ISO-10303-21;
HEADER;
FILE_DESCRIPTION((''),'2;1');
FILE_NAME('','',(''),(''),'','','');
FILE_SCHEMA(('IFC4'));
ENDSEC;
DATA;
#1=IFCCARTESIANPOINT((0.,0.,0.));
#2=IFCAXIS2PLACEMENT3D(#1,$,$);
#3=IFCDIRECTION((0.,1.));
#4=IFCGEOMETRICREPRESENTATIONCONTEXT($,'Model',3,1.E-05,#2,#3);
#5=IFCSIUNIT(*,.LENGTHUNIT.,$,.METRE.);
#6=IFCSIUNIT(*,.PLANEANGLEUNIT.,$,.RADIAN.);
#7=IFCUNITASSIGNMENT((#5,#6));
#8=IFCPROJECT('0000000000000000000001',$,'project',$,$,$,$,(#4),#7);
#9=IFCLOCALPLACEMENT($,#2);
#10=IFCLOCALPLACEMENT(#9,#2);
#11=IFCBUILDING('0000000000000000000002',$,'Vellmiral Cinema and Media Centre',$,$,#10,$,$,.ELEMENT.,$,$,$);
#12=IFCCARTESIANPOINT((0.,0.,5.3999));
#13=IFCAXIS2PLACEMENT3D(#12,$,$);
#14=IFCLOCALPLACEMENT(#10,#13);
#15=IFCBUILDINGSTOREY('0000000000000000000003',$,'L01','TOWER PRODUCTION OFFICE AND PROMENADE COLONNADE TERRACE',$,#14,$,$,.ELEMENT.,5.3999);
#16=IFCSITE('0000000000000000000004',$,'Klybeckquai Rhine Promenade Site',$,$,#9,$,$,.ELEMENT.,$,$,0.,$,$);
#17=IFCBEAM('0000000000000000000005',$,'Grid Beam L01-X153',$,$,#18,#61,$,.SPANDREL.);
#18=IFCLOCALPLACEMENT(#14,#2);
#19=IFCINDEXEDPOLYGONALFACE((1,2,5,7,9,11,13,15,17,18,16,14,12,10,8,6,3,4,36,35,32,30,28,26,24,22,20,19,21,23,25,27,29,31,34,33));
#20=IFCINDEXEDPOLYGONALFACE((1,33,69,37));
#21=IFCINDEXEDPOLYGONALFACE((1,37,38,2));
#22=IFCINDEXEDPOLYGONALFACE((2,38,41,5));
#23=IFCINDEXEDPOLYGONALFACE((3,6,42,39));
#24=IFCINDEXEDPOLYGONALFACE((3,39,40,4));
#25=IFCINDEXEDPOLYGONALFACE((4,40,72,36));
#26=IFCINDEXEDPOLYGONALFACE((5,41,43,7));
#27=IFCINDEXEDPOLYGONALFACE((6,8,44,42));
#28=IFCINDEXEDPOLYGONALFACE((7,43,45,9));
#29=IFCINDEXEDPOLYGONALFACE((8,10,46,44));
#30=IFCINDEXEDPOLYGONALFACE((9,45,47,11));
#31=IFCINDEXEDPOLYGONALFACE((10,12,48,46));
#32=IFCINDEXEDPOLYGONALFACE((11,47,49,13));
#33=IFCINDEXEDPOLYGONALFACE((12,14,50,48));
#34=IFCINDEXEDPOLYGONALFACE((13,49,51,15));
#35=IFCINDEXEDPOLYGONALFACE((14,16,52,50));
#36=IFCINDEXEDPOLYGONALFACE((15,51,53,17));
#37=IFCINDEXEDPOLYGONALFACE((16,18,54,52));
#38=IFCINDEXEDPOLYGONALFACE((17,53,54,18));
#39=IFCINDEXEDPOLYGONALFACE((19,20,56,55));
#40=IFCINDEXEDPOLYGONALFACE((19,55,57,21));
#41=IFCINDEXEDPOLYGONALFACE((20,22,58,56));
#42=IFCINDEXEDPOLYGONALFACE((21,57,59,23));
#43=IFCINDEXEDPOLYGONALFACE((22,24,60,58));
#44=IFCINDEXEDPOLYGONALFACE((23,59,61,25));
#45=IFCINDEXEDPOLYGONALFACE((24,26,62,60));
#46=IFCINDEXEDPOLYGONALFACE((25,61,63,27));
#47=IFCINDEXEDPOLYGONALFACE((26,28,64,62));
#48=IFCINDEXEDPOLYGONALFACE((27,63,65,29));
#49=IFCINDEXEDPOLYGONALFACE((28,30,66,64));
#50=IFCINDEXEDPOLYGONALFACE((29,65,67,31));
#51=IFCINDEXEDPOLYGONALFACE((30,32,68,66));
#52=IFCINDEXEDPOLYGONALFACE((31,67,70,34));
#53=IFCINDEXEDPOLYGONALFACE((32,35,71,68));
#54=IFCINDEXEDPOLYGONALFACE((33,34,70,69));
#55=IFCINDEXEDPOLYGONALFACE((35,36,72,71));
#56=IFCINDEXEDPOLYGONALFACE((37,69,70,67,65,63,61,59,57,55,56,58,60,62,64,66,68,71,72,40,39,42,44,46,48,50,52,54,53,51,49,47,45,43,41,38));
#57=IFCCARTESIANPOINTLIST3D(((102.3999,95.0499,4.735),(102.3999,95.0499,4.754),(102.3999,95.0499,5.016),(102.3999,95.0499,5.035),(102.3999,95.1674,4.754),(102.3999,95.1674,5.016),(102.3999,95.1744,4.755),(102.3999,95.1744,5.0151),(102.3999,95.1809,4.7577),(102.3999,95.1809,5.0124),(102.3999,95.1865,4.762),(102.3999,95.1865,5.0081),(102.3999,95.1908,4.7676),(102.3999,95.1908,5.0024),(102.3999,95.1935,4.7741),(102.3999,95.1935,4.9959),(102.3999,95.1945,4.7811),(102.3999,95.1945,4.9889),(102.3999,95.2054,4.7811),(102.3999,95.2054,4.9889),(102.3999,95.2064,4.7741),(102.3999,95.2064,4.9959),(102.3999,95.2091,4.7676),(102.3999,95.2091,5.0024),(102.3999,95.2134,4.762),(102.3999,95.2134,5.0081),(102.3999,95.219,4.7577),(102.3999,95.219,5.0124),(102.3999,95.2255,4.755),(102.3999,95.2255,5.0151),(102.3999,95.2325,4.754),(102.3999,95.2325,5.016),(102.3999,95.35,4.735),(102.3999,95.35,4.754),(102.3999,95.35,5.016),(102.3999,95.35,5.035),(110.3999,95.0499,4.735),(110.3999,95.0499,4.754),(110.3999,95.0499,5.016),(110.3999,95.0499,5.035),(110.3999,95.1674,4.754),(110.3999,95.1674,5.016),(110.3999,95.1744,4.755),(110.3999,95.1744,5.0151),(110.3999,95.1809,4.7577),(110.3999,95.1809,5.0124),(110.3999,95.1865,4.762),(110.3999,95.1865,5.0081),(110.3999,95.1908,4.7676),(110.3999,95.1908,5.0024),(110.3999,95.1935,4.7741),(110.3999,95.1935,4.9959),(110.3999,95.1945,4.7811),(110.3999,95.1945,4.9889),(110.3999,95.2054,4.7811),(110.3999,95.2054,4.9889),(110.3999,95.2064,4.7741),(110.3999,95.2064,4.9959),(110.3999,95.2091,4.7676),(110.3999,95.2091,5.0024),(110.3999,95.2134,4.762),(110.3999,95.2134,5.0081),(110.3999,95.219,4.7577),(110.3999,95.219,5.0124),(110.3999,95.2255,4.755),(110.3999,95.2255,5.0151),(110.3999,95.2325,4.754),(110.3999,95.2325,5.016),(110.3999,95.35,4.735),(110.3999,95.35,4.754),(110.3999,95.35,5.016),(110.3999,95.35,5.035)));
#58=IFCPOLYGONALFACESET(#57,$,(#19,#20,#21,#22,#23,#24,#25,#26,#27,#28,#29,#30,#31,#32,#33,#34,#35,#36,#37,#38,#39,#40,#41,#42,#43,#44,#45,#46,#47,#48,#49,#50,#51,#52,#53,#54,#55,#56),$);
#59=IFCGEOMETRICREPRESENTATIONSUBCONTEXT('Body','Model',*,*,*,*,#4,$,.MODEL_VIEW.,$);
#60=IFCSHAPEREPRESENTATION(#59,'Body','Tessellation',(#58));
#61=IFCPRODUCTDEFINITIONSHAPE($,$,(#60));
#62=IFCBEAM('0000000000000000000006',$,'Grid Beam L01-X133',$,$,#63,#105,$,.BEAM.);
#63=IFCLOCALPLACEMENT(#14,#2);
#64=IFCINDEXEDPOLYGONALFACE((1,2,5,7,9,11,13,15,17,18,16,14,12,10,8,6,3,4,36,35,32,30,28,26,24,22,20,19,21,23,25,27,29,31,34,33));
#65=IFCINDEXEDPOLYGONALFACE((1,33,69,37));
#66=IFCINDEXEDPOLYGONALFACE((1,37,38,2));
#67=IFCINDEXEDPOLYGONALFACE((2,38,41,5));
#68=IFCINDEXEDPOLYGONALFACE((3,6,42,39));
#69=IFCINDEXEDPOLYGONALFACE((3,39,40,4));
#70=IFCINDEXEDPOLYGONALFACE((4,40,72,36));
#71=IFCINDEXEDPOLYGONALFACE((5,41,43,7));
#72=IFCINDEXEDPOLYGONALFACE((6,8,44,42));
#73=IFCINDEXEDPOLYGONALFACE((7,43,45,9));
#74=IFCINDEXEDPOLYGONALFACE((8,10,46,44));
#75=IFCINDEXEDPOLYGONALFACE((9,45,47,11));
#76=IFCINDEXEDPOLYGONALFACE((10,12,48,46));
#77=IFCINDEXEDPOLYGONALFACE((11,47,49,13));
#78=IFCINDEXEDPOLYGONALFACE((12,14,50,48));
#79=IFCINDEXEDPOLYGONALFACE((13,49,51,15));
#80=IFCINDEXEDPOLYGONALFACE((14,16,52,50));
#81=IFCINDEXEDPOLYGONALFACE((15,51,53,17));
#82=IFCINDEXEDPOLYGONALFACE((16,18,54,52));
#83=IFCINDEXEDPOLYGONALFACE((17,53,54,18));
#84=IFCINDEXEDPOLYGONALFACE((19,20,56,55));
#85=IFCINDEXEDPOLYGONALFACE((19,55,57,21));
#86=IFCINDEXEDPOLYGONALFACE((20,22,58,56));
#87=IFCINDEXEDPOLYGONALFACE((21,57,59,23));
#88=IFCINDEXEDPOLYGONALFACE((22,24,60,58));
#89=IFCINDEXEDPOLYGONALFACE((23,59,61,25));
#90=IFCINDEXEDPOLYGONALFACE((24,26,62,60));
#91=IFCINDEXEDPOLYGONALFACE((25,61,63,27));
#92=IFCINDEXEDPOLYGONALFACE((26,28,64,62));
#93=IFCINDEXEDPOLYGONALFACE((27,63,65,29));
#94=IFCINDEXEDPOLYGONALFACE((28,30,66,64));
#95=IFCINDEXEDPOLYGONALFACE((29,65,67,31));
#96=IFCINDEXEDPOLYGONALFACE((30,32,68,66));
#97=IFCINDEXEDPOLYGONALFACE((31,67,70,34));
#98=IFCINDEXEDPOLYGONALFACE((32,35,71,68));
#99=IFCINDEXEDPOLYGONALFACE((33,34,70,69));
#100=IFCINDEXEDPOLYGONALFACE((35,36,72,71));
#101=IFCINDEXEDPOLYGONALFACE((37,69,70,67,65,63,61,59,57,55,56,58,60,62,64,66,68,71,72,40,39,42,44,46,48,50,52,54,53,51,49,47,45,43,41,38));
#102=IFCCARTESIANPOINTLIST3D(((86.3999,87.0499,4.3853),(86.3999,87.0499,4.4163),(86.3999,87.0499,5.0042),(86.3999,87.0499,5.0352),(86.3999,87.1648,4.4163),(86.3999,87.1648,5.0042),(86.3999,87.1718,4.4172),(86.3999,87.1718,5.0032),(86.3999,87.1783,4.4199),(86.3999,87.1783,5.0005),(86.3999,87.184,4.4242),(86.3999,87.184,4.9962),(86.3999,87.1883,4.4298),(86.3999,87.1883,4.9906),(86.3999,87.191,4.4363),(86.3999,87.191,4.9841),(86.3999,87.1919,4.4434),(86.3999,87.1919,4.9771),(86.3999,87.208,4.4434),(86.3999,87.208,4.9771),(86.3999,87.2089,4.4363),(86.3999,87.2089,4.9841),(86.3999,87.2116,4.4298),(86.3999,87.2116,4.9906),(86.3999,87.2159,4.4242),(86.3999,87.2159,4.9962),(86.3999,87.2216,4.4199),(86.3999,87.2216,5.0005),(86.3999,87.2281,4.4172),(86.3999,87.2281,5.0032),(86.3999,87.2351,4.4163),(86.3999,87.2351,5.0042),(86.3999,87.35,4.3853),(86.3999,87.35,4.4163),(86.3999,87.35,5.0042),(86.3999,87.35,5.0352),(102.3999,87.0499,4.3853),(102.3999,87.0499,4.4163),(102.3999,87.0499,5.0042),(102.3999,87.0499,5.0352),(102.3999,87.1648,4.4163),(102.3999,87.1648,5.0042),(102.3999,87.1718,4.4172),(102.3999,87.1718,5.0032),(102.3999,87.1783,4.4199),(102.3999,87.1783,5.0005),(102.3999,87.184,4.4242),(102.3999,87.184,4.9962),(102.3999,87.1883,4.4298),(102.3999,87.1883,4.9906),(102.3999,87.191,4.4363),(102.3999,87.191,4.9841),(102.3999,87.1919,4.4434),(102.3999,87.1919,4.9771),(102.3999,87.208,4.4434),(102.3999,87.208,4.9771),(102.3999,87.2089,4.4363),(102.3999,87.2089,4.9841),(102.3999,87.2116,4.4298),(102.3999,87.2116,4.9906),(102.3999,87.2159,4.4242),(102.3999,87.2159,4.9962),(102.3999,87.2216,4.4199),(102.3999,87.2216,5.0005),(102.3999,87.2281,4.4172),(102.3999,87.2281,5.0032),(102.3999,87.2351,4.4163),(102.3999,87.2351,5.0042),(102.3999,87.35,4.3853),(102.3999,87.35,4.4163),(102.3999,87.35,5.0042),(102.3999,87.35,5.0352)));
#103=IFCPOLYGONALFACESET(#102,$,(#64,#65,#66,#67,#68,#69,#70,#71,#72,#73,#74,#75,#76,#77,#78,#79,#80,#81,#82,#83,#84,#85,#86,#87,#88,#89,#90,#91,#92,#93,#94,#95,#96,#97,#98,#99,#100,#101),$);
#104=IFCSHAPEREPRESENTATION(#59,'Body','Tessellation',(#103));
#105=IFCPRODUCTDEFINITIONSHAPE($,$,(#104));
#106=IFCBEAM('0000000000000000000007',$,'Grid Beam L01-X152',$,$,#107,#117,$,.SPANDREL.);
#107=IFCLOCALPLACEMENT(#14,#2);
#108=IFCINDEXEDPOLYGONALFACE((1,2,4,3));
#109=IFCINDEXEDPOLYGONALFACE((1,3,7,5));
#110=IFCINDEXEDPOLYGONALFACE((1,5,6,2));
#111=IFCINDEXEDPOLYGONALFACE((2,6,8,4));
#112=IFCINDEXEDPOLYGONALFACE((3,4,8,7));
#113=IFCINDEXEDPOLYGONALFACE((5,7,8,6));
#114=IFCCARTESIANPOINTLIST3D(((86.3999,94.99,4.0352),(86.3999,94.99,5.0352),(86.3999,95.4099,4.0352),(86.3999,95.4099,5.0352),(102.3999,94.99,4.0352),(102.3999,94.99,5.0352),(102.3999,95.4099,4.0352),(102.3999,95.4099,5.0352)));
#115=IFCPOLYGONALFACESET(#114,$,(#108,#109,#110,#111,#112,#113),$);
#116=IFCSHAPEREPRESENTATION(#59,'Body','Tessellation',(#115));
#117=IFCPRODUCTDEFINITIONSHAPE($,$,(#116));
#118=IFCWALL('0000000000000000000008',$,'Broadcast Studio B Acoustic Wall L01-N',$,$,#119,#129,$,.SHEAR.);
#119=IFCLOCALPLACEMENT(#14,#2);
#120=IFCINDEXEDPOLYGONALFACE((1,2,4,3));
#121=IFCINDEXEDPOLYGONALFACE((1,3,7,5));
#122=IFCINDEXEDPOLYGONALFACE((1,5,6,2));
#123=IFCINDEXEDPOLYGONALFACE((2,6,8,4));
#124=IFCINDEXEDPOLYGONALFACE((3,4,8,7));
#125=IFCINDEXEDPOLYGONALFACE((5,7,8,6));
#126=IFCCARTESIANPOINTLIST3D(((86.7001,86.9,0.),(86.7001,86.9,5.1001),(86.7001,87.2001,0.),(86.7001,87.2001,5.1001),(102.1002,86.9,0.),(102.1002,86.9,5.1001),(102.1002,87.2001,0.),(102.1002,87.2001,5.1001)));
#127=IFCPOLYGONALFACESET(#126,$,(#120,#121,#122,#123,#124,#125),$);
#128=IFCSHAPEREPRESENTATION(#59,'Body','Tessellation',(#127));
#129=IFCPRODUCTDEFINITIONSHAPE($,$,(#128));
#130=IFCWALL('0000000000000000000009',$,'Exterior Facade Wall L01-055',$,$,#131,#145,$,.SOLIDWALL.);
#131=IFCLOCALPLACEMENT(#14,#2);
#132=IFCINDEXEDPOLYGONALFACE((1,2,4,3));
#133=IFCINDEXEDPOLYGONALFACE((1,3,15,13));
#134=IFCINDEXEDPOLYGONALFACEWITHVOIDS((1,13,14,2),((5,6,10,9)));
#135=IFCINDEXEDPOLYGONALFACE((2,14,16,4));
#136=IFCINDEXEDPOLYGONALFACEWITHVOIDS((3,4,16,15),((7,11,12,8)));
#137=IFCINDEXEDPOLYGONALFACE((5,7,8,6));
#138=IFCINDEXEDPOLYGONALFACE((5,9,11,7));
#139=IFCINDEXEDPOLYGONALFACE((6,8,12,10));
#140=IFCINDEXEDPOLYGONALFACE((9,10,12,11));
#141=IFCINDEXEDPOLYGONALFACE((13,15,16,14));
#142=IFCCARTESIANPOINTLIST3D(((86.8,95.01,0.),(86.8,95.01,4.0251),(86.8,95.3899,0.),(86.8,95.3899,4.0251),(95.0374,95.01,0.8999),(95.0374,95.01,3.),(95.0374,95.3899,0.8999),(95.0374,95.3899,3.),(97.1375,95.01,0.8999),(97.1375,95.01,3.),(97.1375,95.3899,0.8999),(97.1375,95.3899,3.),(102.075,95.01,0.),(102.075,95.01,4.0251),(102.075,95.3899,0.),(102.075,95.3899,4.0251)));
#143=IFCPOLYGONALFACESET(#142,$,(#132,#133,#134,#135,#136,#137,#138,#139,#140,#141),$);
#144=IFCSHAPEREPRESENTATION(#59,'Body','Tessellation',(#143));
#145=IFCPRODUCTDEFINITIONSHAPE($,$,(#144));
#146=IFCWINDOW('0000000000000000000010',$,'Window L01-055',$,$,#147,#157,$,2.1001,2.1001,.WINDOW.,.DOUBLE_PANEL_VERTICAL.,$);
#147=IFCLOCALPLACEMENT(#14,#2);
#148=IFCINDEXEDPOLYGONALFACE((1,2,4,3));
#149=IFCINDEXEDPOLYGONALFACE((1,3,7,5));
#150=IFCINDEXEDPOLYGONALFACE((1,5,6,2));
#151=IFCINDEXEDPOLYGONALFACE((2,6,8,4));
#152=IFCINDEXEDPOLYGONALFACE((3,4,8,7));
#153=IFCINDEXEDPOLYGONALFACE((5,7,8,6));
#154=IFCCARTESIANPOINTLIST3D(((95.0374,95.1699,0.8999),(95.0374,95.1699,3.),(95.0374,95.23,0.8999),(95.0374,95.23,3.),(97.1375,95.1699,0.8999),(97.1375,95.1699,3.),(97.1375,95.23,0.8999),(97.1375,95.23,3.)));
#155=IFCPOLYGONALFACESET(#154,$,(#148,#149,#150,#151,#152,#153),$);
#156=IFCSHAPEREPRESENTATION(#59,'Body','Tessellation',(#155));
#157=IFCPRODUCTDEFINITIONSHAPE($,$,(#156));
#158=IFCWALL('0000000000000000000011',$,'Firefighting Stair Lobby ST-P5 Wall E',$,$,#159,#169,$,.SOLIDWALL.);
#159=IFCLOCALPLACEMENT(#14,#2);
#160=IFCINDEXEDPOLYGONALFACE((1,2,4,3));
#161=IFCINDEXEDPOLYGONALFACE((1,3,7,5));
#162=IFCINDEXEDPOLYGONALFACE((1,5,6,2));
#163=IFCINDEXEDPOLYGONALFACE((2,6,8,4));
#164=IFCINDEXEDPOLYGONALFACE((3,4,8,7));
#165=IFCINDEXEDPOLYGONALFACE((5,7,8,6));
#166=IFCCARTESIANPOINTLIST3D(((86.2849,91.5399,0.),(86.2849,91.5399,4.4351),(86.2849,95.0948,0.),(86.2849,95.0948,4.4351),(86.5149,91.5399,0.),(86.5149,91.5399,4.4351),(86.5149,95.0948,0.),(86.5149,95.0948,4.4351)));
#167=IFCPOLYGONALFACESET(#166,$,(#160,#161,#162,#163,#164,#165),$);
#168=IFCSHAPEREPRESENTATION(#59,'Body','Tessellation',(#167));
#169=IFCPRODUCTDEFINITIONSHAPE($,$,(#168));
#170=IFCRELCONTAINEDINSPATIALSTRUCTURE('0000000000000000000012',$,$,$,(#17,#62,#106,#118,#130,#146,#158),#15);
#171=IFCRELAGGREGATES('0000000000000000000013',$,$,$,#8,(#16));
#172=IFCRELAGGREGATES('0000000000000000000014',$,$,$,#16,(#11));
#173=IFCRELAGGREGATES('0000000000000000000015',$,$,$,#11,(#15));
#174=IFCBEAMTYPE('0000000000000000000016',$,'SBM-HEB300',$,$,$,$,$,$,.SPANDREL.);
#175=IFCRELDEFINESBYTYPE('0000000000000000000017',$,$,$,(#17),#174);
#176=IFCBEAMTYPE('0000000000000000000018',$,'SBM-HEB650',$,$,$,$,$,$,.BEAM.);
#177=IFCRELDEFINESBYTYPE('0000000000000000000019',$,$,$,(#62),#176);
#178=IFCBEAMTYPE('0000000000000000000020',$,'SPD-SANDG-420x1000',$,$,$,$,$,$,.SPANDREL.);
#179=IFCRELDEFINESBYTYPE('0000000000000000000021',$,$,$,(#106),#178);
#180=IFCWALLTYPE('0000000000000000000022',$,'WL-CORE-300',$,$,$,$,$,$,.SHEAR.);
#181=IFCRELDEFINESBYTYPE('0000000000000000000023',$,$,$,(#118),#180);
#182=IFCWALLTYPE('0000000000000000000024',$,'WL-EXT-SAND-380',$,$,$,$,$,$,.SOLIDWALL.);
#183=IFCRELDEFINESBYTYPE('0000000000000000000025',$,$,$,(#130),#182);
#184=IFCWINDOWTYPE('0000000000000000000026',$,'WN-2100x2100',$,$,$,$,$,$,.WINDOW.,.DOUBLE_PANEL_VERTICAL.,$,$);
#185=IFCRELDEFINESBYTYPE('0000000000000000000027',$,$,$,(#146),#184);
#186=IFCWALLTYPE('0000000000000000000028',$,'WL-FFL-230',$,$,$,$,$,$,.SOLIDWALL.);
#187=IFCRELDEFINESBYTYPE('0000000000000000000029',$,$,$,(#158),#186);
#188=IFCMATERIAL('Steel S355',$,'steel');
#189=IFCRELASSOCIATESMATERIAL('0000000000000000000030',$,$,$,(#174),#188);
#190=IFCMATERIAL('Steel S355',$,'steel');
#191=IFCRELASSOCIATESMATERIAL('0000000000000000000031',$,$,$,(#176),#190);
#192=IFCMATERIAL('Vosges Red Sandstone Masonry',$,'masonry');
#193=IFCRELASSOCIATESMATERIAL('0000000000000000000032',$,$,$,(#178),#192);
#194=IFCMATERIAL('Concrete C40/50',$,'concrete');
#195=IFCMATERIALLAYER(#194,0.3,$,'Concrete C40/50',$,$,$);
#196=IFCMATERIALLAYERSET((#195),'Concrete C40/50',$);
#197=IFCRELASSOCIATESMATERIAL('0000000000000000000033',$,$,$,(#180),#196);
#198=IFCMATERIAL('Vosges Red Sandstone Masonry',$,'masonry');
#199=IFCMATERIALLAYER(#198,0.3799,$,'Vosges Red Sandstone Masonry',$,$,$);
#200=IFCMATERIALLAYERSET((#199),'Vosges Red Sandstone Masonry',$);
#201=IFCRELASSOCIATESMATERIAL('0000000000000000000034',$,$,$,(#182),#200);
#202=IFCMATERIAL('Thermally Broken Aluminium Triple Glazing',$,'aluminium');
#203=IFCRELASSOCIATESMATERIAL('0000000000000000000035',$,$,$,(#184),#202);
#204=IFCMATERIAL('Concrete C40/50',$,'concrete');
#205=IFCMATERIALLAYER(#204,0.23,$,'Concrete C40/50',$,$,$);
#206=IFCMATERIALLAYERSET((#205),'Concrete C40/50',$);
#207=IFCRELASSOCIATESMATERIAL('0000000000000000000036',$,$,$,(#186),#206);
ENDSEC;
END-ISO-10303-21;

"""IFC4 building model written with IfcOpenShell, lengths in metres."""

from ifc_helpers import new_model, si_unit, direction, frame, frame_2d, origin, origin_2d, place, context, subcontext, project, spatial, rectangle, i_section, extrude, material, layer, layer_set, material_profile, profile_set, type_object, element, fill, save


model = new_model("IFC4")

# Units and contexts
model_context = context("Model", 3, precision=1e-05, world=origin(), true_north=direction((0.0, 1.0)))
body_context = subcontext(model_context, "Body", "Model", "MODEL_VIEW")
ifc_project = project(units=[si_unit("LENGTHUNIT", "METRE"), si_unit("PLANEANGLEUNIT", "RADIAN")], contexts=[model_context])

# Site, building, storey
site_placement = place(None, origin())
site = spatial("IfcSite", under=ifc_project, at=site_placement, Name="Klybeckquai Rhine Promenade Site", CompositionType="ELEMENT", RefElevation=0.0)
building_placement = place(site_placement, origin())
building = spatial("IfcBuilding", under=site, at=building_placement, Name="Vellmiral Cinema and Media Centre", CompositionType="ELEMENT")
storey_placement = place(building_placement, frame((0.0, 0.0, 5.3999)))
storey = spatial("IfcBuildingStorey", under=building, at=storey_placement, Name="L01", Description="TOWER PRODUCTION OFFICE AND PROMENADE COLONNADE TERRACE", CompositionType="ELEMENT", Elevation=5.3999)

# Beams
ifc_material_1 = material(Name="Steel S355", Category="steel")
ifc_material_profile_1 = material_profile(ifc_material_1, i_section(OverallWidth=0.3, OverallDepth=0.3, WebThickness=0.011, FlangeThickness=0.019, FilletRadius=0.0271, at=origin_2d()), Name="HEB 300")
ifc_profile_set_1 = profile_set([ifc_material_profile_1], Name="Steel S355")
beam_type_1 = type_object("IfcBeamType", Name="SBM-HEB300", PredefinedType="SPANDREL", material=ifc_profile_set_1)
beam_1_placement = place(storey_placement, frame((102.3999, 95.2, 4.885), z_axis=(1.0, 0.0, 0.0), x_axis=(0.0, 1.0, 0.0)))
element("IfcBeam", 1, at=beam_1_placement, inside=storey, type_object=beam_type_1, Name="Grid Beam L01-X153", PredefinedType="SPANDREL", context=body_context, shape_type="SweptSolid", body=[
    extrude(i_section(OverallWidth=0.3, OverallDepth=0.3, WebThickness=0.011, FlangeThickness=0.019, FilletRadius=0.0271, at=origin_2d()), origin(), (0.0, 0.0, 1.0), 8.0),
])
ifc_material_2 = material(Name="Steel S355", Category="steel")
ifc_material_profile_2 = material_profile(ifc_material_2, i_section(OverallWidth=0.3, OverallDepth=0.6499, WebThickness=0.0161, FlangeThickness=0.031, FilletRadius=0.0271, at=origin_2d()), Name="HEB 650")
ifc_profile_set_2 = profile_set([ifc_material_profile_2], Name="Steel S355")
beam_type_2 = type_object("IfcBeamType", Name="SBM-HEB650", PredefinedType="BEAM", material=ifc_profile_set_2)
beam_2_placement = place(storey_placement, frame((86.3999, 87.2, 4.7102), z_axis=(1.0, 0.0, 0.0), x_axis=(0.0, 1.0, 0.0)))
element("IfcBeam", 2, at=beam_2_placement, inside=storey, type_object=beam_type_2, Name="Grid Beam L01-X133", PredefinedType="BEAM", context=body_context, shape_type="SweptSolid", body=[
    extrude(i_section(OverallWidth=0.3, OverallDepth=0.6499, WebThickness=0.0161, FlangeThickness=0.031, FilletRadius=0.0271, at=origin_2d()), origin(), (0.0, 0.0, 1.0), 16.0),
])
ifc_material_3 = material(Name="Vosges Red Sandstone Masonry", Category="masonry")
ifc_material_profile_3 = material_profile(ifc_material_3, rectangle(XDim=0.4199, YDim=1.0, at=origin_2d()), Name="SAND 420x1000")
ifc_profile_set_3 = profile_set([ifc_material_profile_3], Name="Vosges Red Sandstone Masonry")
beam_type_3 = type_object("IfcBeamType", Name="SPD-SANDG-420x1000", PredefinedType="SPANDREL", material=ifc_profile_set_3)
beam_3_placement = place(storey_placement, frame((86.3999, 95.2, 4.5352), z_axis=(1.0, 0.0, 0.0), x_axis=(0.0, 1.0, 0.0)))
element("IfcBeam", 3, at=beam_3_placement, inside=storey, type_object=beam_type_3, Name="Grid Beam L01-X152", PredefinedType="SPANDREL", context=body_context, shape_type="SweptSolid", body=[
    extrude(rectangle(XDim=0.4199, YDim=1.0, at=origin_2d()), origin(), (0.0, 0.0, 1.0), 16.0),
])

# Wall
ifc_material_4 = material(Name="Concrete C40/50", Category="concrete")
ifc_layer_1 = layer(ifc_material_4, 0.3, Name="Concrete C40/50")
ifc_layer_set_1 = layer_set([ifc_layer_1], Name="Concrete C40/50")
wall_type_1 = type_object("IfcWallType", Name="WL-CORE-300", PredefinedType="SHEAR", material=ifc_layer_set_1)
wall_1_placement = place(storey_placement, frame((86.7, 87.05, 0.0), z_axis=(0.0, 0.0, 1.0), x_axis=(1.0, 0.0, 0.0)))
element("IfcWall", 4, at=wall_1_placement, inside=storey, type_object=wall_type_1, Name="Broadcast Studio B Acoustic Wall L01-N", PredefinedType="SHEAR", context=body_context, shape_type="SweptSolid", body=[
    extrude(rectangle(XDim=15.4001, YDim=0.3, at=frame_2d((7.7002, 0.0))), origin(), (0.0, 0.0, 1.0), 5.1001),
])

# Wall, opening, window
ifc_material_5 = material(Name="Vosges Red Sandstone Masonry", Category="masonry")
ifc_layer_2 = layer(ifc_material_5, 0.3799, Name="Vosges Red Sandstone Masonry")
ifc_layer_set_2 = layer_set([ifc_layer_2], Name="Vosges Red Sandstone Masonry")
wall_type_2 = type_object("IfcWallType", Name="WL-EXT-SAND-380", PredefinedType="SOLIDWALL", material=ifc_layer_set_2)
wall_2_placement = place(storey_placement, frame((102.075, 95.2, 0.0), z_axis=(0.0, 0.0, 1.0), x_axis=(-1.0, 0.0, 0.0)))
wall_2 = element("IfcWall", 5, at=wall_2_placement, inside=storey, type_object=wall_type_2, Name="Exterior Facade Wall L01-055", PredefinedType="SOLIDWALL", context=body_context, shape_type="SweptSolid", body=[
    extrude(rectangle(XDim=15.2749, YDim=0.3799, at=frame_2d((7.6375, 0.0))), origin(), (0.0, 0.0, 1.0), 4.0251),
])
opening_1_placement = place(wall_2_placement, frame((4.9375, 0.0, 0.8999)))
opening_1 = element("IfcOpeningElement", 6, at=opening_1_placement, cuts=wall_2, PredefinedType="OPENING", context=body_context, shape_type="SweptSolid", body=[
    extrude(rectangle(XDim=2.1001, YDim=2.1001, at=frame_2d((1.05, 1.05))), frame((0.0, 0.2019, 0.0), z_axis=(0.0, -1.0, 0.0), x_axis=(1.0, 0.0, 0.0)), (0.0, 0.0, 1.0), 0.4038),
])
ifc_material_6 = material(Name="Thermally Broken Aluminium Triple Glazing", Category="aluminium")
window_type = type_object("IfcWindowType", Name="WN-2100x2100", PartitioningType="DOUBLE_PANEL_VERTICAL", PredefinedType="WINDOW", material=ifc_material_6)
window_placement = place(opening_1_placement, origin())
window = element("IfcWindow", 7, at=window_placement, inside=storey, type_object=window_type, Name="Window L01-055", OverallHeight=2.1001, OverallWidth=2.1001, PartitioningType="DOUBLE_PANEL_VERTICAL", PredefinedType="WINDOW", context=body_context, shape_type="SweptSolid", body=[
    extrude(rectangle(XDim=2.1001, YDim=2.1001, at=frame_2d((1.05, 1.05))), frame((0.0, 0.03, 0.0), z_axis=(0.0, -1.0, 0.0), x_axis=(1.0, 0.0, 0.0)), (0.0, 0.0, 1.0), 0.0601),
])
fill(opening_1, window)

# Wall
ifc_material_7 = material(Name="Concrete C40/50", Category="concrete")
ifc_layer_3 = layer(ifc_material_7, 0.23, Name="Concrete C40/50")
ifc_layer_set_3 = layer_set([ifc_layer_3], Name="Concrete C40/50")
wall_type_3 = type_object("IfcWallType", Name="WL-FFL-230", PredefinedType="SOLIDWALL", material=ifc_layer_set_3)
wall_3_placement = place(storey_placement, frame((86.3999, 91.54, 0.0), z_axis=(0.0, 0.0, 1.0), x_axis=(0.0, 1.0, 0.0)))
element("IfcWall", 8, at=wall_3_placement, inside=storey, type_object=wall_type_3, Name="Firefighting Stair Lobby ST-P5 Wall E", PredefinedType="SOLIDWALL", context=body_context, shape_type="SweptSolid", body=[
    extrude(rectangle(XDim=3.5549, YDim=0.23, at=frame_2d((1.7773, 0.0))), origin(), (0.0, 0.0, 1.0), 4.4351),
])

save(model, "model.ifc")
